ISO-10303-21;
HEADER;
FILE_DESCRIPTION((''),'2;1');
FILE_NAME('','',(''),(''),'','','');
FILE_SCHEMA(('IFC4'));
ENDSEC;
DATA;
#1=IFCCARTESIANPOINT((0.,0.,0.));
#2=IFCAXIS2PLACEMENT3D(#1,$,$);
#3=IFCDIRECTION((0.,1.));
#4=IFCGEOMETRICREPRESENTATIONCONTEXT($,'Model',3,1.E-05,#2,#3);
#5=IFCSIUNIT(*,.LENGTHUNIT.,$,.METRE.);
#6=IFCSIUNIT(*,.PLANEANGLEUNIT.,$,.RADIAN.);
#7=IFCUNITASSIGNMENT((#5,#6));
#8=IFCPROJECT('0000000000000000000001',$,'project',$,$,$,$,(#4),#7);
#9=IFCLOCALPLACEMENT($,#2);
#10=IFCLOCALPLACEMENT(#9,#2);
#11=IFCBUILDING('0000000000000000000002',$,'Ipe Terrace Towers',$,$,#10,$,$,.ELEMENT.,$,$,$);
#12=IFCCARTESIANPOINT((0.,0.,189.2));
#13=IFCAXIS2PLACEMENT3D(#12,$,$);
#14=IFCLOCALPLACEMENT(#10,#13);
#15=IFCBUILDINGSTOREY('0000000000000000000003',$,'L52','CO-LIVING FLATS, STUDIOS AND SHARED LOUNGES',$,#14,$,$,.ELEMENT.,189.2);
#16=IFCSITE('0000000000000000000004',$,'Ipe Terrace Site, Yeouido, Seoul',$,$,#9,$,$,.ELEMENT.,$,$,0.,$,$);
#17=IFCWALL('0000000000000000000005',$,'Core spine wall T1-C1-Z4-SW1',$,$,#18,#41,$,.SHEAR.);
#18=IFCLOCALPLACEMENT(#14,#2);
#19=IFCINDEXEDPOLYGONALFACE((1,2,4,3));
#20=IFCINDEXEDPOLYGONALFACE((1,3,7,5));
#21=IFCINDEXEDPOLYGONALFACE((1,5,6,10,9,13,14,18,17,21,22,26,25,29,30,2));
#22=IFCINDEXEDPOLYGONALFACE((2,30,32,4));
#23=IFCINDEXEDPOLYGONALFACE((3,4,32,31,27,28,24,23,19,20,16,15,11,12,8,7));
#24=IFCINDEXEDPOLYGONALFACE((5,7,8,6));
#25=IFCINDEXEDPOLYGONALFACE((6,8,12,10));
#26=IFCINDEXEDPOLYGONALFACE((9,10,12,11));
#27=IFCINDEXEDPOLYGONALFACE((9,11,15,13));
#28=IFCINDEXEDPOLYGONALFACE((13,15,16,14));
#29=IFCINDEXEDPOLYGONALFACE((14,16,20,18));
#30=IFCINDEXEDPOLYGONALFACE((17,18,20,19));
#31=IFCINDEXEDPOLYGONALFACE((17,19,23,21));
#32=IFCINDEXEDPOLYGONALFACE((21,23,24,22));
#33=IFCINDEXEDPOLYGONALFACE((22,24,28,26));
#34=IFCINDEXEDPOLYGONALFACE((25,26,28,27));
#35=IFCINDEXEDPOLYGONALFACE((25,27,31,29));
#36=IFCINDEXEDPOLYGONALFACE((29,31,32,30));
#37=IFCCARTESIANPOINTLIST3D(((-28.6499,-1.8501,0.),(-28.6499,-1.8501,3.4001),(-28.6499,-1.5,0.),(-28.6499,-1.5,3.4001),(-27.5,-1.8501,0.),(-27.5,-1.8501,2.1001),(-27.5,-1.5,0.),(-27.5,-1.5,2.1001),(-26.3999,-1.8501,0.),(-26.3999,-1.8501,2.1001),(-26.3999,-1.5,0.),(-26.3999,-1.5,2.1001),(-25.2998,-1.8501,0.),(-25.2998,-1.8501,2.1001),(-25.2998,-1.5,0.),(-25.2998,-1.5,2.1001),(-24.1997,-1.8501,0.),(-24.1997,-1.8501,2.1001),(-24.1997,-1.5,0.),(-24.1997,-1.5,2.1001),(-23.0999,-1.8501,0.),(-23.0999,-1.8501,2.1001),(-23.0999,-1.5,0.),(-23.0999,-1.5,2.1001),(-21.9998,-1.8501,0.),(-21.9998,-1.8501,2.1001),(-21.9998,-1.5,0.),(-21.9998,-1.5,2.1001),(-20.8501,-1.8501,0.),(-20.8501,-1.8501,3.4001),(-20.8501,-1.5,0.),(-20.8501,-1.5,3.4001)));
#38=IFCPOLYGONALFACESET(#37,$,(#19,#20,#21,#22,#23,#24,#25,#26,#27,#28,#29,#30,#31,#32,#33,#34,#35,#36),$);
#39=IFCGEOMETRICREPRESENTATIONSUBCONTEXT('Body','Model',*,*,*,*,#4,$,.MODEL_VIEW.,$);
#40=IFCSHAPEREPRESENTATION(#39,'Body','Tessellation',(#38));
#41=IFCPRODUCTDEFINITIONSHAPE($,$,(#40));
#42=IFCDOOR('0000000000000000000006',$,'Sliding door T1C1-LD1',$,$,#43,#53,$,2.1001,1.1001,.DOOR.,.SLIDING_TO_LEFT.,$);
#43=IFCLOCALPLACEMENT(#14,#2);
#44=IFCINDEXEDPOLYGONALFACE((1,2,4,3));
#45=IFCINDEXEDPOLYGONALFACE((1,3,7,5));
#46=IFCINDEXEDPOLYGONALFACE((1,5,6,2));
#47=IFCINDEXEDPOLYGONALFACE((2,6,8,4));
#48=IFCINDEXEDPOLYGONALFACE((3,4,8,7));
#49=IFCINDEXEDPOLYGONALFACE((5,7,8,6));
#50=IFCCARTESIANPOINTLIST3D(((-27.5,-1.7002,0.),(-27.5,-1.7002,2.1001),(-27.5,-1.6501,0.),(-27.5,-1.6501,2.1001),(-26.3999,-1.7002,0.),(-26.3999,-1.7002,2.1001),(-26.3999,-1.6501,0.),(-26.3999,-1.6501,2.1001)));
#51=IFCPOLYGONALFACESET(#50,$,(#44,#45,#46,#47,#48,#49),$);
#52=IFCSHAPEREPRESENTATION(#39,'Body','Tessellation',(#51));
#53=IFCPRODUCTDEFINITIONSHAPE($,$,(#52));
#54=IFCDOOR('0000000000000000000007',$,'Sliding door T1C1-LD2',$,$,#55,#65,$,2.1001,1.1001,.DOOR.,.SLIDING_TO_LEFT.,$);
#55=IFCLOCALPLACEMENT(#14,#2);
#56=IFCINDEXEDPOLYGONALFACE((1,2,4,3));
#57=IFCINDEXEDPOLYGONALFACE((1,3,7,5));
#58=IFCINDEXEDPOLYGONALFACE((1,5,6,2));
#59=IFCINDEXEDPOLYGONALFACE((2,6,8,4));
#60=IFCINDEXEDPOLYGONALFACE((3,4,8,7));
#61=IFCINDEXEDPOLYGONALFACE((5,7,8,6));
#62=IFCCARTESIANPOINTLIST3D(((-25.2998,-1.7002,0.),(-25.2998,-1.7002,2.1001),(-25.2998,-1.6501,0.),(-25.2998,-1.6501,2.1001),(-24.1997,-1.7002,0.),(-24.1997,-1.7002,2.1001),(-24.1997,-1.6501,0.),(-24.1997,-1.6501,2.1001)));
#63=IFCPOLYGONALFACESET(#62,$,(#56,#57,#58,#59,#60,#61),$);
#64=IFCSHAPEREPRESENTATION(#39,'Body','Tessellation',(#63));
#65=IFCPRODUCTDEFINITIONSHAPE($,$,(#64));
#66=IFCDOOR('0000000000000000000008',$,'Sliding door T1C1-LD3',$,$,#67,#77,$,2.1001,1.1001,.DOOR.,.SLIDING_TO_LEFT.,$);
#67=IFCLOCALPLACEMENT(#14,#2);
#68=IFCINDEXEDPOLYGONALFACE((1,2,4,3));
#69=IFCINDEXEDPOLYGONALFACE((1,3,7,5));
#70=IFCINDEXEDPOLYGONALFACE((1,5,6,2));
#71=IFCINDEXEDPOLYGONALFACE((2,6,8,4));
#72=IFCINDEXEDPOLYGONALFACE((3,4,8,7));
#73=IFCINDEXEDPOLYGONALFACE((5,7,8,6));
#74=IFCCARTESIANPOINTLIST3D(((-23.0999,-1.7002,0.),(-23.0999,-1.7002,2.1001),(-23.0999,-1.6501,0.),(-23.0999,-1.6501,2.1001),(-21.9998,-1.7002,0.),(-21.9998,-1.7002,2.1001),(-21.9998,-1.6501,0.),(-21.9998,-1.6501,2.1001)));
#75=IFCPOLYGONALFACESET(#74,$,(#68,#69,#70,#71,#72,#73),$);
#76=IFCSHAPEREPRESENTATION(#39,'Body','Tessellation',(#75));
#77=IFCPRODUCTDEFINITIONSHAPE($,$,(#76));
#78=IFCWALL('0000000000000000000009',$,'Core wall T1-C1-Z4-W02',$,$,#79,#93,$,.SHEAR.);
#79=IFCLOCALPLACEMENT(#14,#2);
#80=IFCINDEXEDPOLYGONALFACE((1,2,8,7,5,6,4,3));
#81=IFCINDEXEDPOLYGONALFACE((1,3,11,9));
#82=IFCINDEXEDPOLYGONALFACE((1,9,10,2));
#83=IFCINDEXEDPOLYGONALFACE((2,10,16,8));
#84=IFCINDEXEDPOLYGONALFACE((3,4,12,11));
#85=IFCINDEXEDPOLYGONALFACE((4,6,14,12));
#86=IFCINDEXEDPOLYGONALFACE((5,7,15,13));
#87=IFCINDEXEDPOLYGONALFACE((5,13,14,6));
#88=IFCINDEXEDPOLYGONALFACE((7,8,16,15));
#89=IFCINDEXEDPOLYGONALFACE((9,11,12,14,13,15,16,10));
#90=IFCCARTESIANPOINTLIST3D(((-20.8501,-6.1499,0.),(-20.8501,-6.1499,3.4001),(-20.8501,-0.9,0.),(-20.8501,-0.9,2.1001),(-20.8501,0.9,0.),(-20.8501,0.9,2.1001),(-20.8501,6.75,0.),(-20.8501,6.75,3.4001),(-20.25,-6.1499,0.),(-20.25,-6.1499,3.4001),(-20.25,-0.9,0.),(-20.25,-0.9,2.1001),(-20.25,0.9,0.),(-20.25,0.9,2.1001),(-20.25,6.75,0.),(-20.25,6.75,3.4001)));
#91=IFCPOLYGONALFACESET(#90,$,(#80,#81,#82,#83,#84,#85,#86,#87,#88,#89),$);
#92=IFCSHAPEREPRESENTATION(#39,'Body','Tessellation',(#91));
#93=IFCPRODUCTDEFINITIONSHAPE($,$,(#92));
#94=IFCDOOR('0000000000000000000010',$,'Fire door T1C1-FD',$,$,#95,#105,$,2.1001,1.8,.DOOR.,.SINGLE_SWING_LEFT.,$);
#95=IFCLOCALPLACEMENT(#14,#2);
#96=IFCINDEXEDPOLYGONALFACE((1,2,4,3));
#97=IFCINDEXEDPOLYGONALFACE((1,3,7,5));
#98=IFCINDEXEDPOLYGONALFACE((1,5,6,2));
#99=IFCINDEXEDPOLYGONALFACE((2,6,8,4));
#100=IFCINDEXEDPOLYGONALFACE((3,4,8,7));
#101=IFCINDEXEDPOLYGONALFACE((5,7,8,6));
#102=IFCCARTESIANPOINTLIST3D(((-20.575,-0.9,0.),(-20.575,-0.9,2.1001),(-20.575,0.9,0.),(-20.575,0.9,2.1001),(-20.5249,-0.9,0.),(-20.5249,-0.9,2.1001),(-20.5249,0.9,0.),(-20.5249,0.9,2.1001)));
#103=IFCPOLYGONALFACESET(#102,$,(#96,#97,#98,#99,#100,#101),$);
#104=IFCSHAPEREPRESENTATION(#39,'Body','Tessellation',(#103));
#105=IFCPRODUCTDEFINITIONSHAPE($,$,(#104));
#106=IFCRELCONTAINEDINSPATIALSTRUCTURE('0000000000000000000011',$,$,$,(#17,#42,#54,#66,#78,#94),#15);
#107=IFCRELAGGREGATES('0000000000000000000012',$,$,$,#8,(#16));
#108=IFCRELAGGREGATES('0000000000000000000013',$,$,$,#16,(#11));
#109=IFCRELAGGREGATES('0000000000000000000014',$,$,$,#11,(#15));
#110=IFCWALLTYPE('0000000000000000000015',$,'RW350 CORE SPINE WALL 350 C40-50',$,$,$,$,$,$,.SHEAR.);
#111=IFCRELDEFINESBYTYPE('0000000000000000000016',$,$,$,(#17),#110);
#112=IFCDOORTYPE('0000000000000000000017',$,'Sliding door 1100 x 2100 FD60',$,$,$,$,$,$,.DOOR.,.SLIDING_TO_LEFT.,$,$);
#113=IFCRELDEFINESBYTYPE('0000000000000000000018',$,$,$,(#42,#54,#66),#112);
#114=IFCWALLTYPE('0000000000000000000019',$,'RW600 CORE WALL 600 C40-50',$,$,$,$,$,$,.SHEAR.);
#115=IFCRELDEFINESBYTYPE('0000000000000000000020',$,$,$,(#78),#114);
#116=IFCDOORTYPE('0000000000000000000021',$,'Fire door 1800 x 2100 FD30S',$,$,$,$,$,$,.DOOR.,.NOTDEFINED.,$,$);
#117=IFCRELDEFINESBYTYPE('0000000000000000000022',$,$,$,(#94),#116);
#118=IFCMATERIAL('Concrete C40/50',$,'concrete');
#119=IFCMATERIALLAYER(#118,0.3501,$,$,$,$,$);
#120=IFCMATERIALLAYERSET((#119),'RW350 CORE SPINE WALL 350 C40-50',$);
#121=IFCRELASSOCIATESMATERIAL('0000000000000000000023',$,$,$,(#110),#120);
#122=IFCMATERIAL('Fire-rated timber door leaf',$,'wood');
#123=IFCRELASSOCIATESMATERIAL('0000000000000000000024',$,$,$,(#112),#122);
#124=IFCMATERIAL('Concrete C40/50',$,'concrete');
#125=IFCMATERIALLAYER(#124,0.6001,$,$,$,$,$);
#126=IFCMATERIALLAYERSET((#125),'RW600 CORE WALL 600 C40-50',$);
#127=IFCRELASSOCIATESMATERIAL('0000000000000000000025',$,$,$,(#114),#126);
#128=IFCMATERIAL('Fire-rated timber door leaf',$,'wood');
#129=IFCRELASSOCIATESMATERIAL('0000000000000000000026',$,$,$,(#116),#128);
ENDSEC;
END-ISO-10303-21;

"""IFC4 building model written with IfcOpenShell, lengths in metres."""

from ifc_helpers import new_model, si_unit, direction, frame, frame_2d, origin, place, context, subcontext, project, spatial, rectangle, extrude, material, layer, layer_set, type_object, element, fill, save


model = new_model("IFC4")

# Units and contexts
model_context = context("Model", 3, precision=1e-05, world=origin(), true_north=direction((0.0, 1.0)))
body_context = subcontext(model_context, "Body", "Model", "MODEL_VIEW")
ifc_project = project(units=[si_unit("LENGTHUNIT", "METRE"), si_unit("PLANEANGLEUNIT", "RADIAN")], contexts=[model_context])

# Site, building, storey
site_placement = place(None, origin())
site = spatial("IfcSite", under=ifc_project, at=site_placement, Name="Ipe Terrace Site, Yeouido, Seoul", CompositionType="ELEMENT", RefElevation=0.0)
building_placement = place(site_placement, origin())
building = spatial("IfcBuilding", under=site, at=building_placement, Name="Ipe Terrace Towers", CompositionType="ELEMENT")
storey_placement = place(building_placement, frame((0.0, 0.0, 189.2)))
storey = spatial("IfcBuildingStorey", under=building, at=storey_placement, Name="L52", Description="CO-LIVING FLATS, STUDIOS AND SHARED LOUNGES", CompositionType="ELEMENT", Elevation=189.2)

# Wall, openings, doors
ifc_material_1 = material(Name="Concrete C40/50", Category="concrete")
ifc_layer_1 = layer(ifc_material_1, 0.3501)
ifc_layer_set_1 = layer_set([ifc_layer_1], Name="RW350 CORE SPINE WALL 350 C40-50")
wall_type_1 = type_object("IfcWallType", Name="RW350 CORE SPINE WALL 350 C40-50", PredefinedType="SHEAR", material=ifc_layer_set_1)
wall_1_placement = place(storey_placement, frame((-28.6499, -1.675, 0.0), z_axis=(0.0, 0.0, 1.0), x_axis=(1.0, 0.0, 0.0)))
wall_1 = element("IfcWall", 1, at=wall_1_placement, inside=storey, type_object=wall_type_1, Name="Core spine wall T1-C1-Z4-SW1", PredefinedType="SHEAR", context=body_context, shape_type="SweptSolid", body=[
    extrude(rectangle(XDim=7.7998, YDim=0.3501, at=frame_2d((3.8999, 0.0))), origin(), (0.0, 0.0, 1.0), 3.4001),
])
opening_1_placement = place(wall_1_placement, frame((1.1499, 0.0, 0.0)))
opening_1 = element("IfcOpeningElement", 2, at=opening_1_placement, cuts=wall_1, PredefinedType="OPENING", context=body_context, shape_type="SweptSolid", body=[
    extrude(rectangle(XDim=1.1001, YDim=2.1001, at=frame_2d((0.55, 1.05))), frame((0.0, 0.1851, 0.0), z_axis=(0.0, -1.0, 0.0), x_axis=(1.0, 0.0, 0.0)), (0.0, 0.0, 1.0), 0.3701),
])
opening_2_placement = place(wall_1_placement, frame((3.3501, 0.0, 0.0)))
opening_2 = element("IfcOpeningElement", 3, at=opening_2_placement, cuts=wall_1, PredefinedType="OPENING", context=body_context, shape_type="SweptSolid", body=[
    extrude(rectangle(XDim=1.1001, YDim=2.1001, at=frame_2d((0.55, 1.05))), frame((0.0, 0.1851, 0.0), z_axis=(0.0, -1.0, 0.0), x_axis=(1.0, 0.0, 0.0)), (0.0, 0.0, 1.0), 0.3701),
])
opening_3_placement = place(wall_1_placement, frame((5.55, 0.0, 0.0)))
opening_3 = element("IfcOpeningElement", 4, at=opening_3_placement, cuts=wall_1, PredefinedType="OPENING", context=body_context, shape_type="SweptSolid", body=[
    extrude(rectangle(XDim=1.1001, YDim=2.1001, at=frame_2d((0.55, 1.05))), frame((0.0, 0.1851, 0.0), z_axis=(0.0, -1.0, 0.0), x_axis=(1.0, 0.0, 0.0)), (0.0, 0.0, 1.0), 0.3701),
])
ifc_material_2 = material(Name="Fire-rated timber door leaf", Category="wood")
door_type_1 = type_object("IfcDoorType", Name="Sliding door 1100 x 2100 FD60", OperationType="SLIDING_TO_LEFT", PredefinedType="DOOR", material=ifc_material_2)
door_1_placement = place(opening_1_placement, origin())
door_1 = element("IfcDoor", 5, at=door_1_placement, inside=storey, type_object=door_type_1, Name="Sliding door T1C1-LD1", OperationType="SLIDING_TO_LEFT", OverallHeight=2.1001, OverallWidth=1.1001, PredefinedType="DOOR", context=body_context, shape_type="SweptSolid", body=[
    extrude(rectangle(XDim=1.1001, YDim=2.1001, at=frame_2d((0.55, 1.05))), frame((0.0, 0.0249, 0.0), z_axis=(0.0, -1.0, 0.0), x_axis=(1.0, 0.0, 0.0)), (0.0, 0.0, 1.0), 0.05),
])
fill(opening_1, door_1)
door_2_placement = place(opening_2_placement, origin())
door_2 = element("IfcDoor", 6, at=door_2_placement, inside=storey, type_object=door_type_1, Name="Sliding door T1C1-LD2", OperationType="SLIDING_TO_LEFT", OverallHeight=2.1001, OverallWidth=1.1001, PredefinedType="DOOR", context=body_context, shape_type="SweptSolid", body=[
    extrude(rectangle(XDim=1.1001, YDim=2.1001, at=frame_2d((0.55, 1.05))), frame((0.0, 0.0249, 0.0), z_axis=(0.0, -1.0, 0.0), x_axis=(1.0, 0.0, 0.0)), (0.0, 0.0, 1.0), 0.05),
])
fill(opening_2, door_2)
door_3_placement = place(opening_3_placement, origin())
door_3 = element("IfcDoor", 7, at=door_3_placement, inside=storey, type_object=door_type_1, Name="Sliding door T1C1-LD3", OperationType="SLIDING_TO_LEFT", OverallHeight=2.1001, OverallWidth=1.1001, PredefinedType="DOOR", context=body_context, shape_type="SweptSolid", body=[
    extrude(rectangle(XDim=1.1001, YDim=2.1001, at=frame_2d((0.55, 1.05))), frame((0.0, 0.0249, 0.0), z_axis=(0.0, -1.0, 0.0), x_axis=(1.0, 0.0, 0.0)), (0.0, 0.0, 1.0), 0.05),
])
fill(opening_3, door_3)

# Wall, opening, door
ifc_material_3 = material(Name="Concrete C40/50", Category="concrete")
ifc_layer_2 = layer(ifc_material_3, 0.6001)
ifc_layer_set_2 = layer_set([ifc_layer_2], Name="RW600 CORE WALL 600 C40-50")
wall_type_2 = type_object("IfcWallType", Name="RW600 CORE WALL 600 C40-50", PredefinedType="SHEAR", material=ifc_layer_set_2)
wall_2_placement = place(storey_placement, frame((-20.55, -6.1499, 0.0), z_axis=(0.0, 0.0, 1.0), x_axis=(0.0, 1.0, 0.0)))
wall_2 = element("IfcWall", 8, at=wall_2_placement, inside=storey, type_object=wall_type_2, Name="Core wall T1-C1-Z4-W02", PredefinedType="SHEAR", context=body_context, shape_type="SweptSolid", body=[
    extrude(rectangle(XDim=12.8999, YDim=0.6001, at=frame_2d((6.45, 0.0))), origin(), (0.0, 0.0, 1.0), 3.4001),
])
opening_4_placement = place(wall_2_placement, frame((5.25, 0.0, 0.0)))
opening_4 = element("IfcOpeningElement", 9, at=opening_4_placement, cuts=wall_2, PredefinedType="OPENING", context=body_context, shape_type="SweptSolid", body=[
    extrude(rectangle(XDim=1.8, YDim=2.1001, at=frame_2d((0.8999, 1.05))), frame((0.0, 0.3101, 0.0), z_axis=(0.0, -1.0, 0.0), x_axis=(1.0, 0.0, 0.0)), (0.0, 0.0, 1.0), 0.6201),
])
ifc_material_4 = material(Name="Fire-rated timber door leaf", Category="wood")
door_type_2 = type_object("IfcDoorType", Name="Fire door 1800 x 2100 FD30S", OperationType="NOTDEFINED", PredefinedType="DOOR", material=ifc_material_4)
door_4_placement = place(opening_4_placement, origin())
door_4 = element("IfcDoor", 10, at=door_4_placement, inside=storey, type_object=door_type_2, Name="Fire door T1C1-FD", OperationType="SINGLE_SWING_LEFT", OverallHeight=2.1001, OverallWidth=1.8, PredefinedType="DOOR", context=body_context, shape_type="SweptSolid", body=[
    extrude(rectangle(XDim=1.8, YDim=2.1001, at=frame_2d((0.8999, 1.05))), frame((0.0, 0.0249, 0.0), z_axis=(0.0, -1.0, 0.0), x_axis=(1.0, 0.0, 0.0)), (0.0, 0.0, 1.0), 0.05),
])
fill(opening_4, door_4)

save(model, "model.ifc")
